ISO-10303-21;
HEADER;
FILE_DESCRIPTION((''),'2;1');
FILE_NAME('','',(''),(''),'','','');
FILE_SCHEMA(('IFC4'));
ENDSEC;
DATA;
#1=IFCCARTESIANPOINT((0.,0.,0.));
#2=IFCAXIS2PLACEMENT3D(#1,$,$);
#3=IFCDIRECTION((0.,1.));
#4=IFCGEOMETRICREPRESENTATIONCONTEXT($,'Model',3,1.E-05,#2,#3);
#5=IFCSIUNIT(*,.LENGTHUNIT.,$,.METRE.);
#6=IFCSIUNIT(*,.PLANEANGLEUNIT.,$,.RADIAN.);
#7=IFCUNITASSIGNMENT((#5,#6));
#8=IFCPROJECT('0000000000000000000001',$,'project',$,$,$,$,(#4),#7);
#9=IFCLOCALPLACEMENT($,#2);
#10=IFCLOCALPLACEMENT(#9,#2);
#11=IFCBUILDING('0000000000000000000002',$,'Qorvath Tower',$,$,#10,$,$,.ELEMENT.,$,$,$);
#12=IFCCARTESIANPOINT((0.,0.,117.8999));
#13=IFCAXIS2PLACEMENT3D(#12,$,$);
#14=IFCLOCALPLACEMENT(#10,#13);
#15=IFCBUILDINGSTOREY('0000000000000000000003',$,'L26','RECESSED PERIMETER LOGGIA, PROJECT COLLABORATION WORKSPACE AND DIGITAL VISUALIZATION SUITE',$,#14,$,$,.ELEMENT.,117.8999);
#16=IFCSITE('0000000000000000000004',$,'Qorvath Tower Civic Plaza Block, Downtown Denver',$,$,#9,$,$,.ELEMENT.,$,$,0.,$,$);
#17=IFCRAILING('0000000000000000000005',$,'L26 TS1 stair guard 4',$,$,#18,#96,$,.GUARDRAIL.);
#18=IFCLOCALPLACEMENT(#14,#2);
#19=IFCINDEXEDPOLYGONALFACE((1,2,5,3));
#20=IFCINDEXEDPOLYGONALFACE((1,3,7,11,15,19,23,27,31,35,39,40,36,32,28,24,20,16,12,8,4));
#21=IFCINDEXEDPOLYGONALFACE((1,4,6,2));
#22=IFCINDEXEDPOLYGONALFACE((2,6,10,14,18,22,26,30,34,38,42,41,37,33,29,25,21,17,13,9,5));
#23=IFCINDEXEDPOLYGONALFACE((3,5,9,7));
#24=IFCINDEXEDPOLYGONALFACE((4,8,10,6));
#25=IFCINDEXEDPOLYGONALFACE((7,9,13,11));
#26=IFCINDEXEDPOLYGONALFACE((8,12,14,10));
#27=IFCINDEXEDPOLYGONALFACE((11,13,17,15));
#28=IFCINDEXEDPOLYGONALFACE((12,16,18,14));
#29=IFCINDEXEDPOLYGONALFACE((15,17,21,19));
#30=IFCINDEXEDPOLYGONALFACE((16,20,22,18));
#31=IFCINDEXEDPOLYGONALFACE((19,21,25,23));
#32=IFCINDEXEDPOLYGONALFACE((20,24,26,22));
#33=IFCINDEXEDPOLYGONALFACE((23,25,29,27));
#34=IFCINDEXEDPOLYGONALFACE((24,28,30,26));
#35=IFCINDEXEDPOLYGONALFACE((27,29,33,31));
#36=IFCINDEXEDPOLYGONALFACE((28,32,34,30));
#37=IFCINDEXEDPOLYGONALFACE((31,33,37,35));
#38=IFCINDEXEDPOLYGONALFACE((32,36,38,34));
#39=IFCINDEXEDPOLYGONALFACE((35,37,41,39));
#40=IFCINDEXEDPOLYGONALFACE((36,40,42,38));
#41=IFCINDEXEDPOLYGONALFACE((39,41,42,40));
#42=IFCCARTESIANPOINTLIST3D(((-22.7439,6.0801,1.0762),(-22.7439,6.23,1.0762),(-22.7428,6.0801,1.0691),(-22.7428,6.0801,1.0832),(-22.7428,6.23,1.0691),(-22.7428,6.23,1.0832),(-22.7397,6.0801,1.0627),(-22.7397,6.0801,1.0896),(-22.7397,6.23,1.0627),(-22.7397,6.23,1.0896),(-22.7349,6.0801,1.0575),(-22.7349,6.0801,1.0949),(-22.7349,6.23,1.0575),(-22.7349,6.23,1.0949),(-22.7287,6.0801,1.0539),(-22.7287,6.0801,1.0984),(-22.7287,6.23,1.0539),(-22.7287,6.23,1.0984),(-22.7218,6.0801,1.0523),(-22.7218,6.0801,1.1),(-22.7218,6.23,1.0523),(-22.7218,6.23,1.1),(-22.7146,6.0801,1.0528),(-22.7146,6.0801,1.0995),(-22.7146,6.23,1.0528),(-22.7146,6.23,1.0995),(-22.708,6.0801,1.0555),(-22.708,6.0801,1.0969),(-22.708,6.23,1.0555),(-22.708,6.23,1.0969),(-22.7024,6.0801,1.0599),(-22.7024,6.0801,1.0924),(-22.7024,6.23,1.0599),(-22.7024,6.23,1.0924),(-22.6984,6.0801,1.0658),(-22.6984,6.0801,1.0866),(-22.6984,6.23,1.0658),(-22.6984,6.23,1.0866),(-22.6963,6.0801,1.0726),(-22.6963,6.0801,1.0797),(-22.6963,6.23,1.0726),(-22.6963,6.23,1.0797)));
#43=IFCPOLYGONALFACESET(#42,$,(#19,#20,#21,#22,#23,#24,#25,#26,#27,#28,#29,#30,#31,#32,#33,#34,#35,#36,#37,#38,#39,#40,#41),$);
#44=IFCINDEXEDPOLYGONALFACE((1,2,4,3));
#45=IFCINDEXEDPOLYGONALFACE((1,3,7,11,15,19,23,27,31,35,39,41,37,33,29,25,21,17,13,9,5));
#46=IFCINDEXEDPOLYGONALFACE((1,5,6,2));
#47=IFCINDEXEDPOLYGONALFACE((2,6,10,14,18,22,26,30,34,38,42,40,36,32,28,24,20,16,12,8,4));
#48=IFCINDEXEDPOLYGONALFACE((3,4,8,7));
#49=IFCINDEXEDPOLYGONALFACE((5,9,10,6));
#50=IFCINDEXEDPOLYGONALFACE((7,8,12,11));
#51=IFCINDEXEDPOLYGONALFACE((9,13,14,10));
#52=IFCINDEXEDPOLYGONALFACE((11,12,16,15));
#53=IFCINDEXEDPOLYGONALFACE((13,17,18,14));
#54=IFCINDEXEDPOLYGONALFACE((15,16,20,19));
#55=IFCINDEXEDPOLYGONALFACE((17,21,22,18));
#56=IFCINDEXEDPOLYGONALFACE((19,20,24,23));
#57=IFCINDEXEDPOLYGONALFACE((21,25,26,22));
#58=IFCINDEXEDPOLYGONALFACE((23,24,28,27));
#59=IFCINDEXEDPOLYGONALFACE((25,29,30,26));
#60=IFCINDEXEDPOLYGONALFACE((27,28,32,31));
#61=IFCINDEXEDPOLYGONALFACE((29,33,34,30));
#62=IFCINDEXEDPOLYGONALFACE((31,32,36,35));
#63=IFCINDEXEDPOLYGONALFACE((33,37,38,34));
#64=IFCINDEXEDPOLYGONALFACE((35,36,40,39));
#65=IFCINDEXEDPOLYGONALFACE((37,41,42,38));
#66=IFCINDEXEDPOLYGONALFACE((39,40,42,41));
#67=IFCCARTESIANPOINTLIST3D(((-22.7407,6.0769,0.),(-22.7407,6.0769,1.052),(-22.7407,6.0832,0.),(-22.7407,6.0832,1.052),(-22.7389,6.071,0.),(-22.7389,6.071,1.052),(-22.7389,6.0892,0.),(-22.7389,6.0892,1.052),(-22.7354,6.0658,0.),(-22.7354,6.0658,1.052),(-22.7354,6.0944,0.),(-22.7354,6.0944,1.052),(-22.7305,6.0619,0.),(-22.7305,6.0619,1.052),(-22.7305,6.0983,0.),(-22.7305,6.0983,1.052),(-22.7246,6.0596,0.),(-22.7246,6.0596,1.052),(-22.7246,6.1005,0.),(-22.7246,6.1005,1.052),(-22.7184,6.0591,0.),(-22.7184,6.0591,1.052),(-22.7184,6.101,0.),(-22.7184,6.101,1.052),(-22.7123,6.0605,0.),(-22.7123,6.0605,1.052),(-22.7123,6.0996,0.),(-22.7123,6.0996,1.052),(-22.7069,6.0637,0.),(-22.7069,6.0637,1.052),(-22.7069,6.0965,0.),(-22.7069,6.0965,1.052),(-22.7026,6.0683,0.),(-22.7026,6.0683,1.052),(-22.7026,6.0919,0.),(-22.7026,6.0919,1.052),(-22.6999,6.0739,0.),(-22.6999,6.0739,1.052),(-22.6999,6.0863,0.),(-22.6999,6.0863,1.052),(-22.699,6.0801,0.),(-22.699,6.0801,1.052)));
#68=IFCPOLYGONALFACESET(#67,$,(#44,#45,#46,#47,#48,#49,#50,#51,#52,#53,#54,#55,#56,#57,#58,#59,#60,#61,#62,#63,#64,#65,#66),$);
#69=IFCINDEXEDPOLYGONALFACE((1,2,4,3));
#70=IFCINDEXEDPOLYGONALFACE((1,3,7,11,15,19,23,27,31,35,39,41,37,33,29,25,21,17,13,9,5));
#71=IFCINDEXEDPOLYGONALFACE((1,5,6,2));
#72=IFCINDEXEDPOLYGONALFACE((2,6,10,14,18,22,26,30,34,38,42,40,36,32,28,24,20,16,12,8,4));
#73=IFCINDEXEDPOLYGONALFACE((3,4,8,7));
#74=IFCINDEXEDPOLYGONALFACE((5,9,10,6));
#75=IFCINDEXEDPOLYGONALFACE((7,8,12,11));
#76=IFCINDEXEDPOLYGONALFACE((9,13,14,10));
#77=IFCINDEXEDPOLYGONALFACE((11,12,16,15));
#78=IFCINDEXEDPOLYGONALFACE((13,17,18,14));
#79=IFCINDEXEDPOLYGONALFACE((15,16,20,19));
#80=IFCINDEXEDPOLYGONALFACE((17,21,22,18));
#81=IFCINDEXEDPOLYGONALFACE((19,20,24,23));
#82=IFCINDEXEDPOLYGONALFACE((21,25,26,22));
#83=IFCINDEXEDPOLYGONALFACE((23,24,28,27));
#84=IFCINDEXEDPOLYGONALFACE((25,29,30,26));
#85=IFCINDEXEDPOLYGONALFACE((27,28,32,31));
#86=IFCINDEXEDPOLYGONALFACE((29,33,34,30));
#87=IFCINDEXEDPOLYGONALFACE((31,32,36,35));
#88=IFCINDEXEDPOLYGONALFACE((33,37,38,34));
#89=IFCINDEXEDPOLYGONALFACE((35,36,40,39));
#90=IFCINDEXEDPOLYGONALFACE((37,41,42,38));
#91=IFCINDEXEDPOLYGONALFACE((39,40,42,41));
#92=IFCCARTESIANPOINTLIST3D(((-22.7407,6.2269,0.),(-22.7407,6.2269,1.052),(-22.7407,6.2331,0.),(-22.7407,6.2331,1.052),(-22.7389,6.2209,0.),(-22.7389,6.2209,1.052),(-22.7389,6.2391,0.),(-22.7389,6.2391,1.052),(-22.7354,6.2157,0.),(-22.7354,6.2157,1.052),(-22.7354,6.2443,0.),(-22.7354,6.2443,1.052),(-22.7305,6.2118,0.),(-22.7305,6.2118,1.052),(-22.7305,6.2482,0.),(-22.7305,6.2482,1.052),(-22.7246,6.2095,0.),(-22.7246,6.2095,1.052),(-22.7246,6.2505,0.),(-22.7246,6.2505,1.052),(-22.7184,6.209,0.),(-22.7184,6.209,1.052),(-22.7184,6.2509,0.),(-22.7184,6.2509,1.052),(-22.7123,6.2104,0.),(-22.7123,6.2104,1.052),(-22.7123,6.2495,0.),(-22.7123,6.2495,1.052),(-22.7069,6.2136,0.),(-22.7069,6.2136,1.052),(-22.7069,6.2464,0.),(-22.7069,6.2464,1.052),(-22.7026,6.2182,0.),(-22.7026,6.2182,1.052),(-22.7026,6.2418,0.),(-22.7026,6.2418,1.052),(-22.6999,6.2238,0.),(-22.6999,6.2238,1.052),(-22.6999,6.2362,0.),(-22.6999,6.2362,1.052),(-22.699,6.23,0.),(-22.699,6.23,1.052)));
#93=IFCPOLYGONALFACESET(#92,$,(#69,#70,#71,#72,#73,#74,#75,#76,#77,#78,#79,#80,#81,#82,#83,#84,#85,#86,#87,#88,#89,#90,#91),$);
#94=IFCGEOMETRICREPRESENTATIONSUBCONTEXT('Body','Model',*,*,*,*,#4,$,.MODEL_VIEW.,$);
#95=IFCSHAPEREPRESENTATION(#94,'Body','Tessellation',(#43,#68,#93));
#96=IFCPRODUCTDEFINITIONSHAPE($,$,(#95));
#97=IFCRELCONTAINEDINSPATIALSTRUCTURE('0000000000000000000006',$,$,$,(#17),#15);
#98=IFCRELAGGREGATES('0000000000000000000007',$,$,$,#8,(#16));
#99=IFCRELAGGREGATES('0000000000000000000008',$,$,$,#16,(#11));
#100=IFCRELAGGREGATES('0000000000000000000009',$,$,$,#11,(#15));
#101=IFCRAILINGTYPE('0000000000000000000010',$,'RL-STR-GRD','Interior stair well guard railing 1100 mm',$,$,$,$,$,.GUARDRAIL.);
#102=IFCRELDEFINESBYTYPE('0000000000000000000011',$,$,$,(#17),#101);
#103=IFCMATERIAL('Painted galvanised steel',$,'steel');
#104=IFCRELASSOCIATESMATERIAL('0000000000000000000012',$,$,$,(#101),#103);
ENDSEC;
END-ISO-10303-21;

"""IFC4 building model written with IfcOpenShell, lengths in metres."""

from ifc_helpers import new_model, si_unit, direction, frame, origin, origin_2d, place, context, subcontext, project, spatial, circle, extrude, material, type_object, element, save


model = new_model("IFC4")

# Units and contexts
model_context = context("Model", 3, precision=1e-05, world=origin(), true_north=direction((0.0, 1.0)))
body_context = subcontext(model_context, "Body", "Model", "MODEL_VIEW")
ifc_project = project(units=[si_unit("LENGTHUNIT", "METRE"), si_unit("PLANEANGLEUNIT", "RADIAN")], contexts=[model_context])

# Site, building, storey
site_placement = place(None, origin())
site = spatial("IfcSite", under=ifc_project, at=site_placement, Name="Qorvath Tower Civic Plaza Block, Downtown Denver", CompositionType="ELEMENT", RefElevation=0.0)
building_placement = place(site_placement, origin())
building = spatial("IfcBuilding", under=site, at=building_placement, Name="Qorvath Tower", CompositionType="ELEMENT")
storey_placement = place(building_placement, frame((0.0, 0.0, 117.8999)))
storey = spatial("IfcBuildingStorey", under=building, at=storey_placement, Name="L26", Description="RECESSED PERIMETER LOGGIA, PROJECT COLLABORATION WORKSPACE AND DIGITAL VISUALIZATION SUITE", CompositionType="ELEMENT", Elevation=117.8999)

# Railing
ifc_material_1 = material(Name="Painted galvanised steel", Category="steel")
railing_type_1 = type_object("IfcRailingType", Name="RL-STR-GRD", Description="Interior stair well guard railing 1100 mm", PredefinedType="GUARDRAIL", material=ifc_material_1)
railing_1_placement = place(storey_placement, frame((-22.72, 6.0801, 0.0)))
element("IfcRailing", 1, at=railing_1_placement, inside=storey, type_object=railing_type_1, Name="L26 TS1 stair guard 4", PredefinedType="GUARDRAIL", context=body_context, shape_type="SweptSolid", body=[
    extrude(circle(Radius=0.0239, at=origin_2d()), frame((0.0, 0.0, 1.0762), z_axis=(0.0, 1.0, 0.0), x_axis=(-1.0, 0.0, 0.0)), (0.0, 0.0, 1.0), 0.1499),
    extrude(circle(Radius=0.021, at=origin_2d()), origin(), (0.0, 0.0, 1.0), 1.052),
    extrude(circle(Radius=0.021, at=origin_2d()), frame((0.0, 0.1499, 0.0)), (0.0, 0.0, 1.0), 1.052),
])

save(model, "model.ifc")
